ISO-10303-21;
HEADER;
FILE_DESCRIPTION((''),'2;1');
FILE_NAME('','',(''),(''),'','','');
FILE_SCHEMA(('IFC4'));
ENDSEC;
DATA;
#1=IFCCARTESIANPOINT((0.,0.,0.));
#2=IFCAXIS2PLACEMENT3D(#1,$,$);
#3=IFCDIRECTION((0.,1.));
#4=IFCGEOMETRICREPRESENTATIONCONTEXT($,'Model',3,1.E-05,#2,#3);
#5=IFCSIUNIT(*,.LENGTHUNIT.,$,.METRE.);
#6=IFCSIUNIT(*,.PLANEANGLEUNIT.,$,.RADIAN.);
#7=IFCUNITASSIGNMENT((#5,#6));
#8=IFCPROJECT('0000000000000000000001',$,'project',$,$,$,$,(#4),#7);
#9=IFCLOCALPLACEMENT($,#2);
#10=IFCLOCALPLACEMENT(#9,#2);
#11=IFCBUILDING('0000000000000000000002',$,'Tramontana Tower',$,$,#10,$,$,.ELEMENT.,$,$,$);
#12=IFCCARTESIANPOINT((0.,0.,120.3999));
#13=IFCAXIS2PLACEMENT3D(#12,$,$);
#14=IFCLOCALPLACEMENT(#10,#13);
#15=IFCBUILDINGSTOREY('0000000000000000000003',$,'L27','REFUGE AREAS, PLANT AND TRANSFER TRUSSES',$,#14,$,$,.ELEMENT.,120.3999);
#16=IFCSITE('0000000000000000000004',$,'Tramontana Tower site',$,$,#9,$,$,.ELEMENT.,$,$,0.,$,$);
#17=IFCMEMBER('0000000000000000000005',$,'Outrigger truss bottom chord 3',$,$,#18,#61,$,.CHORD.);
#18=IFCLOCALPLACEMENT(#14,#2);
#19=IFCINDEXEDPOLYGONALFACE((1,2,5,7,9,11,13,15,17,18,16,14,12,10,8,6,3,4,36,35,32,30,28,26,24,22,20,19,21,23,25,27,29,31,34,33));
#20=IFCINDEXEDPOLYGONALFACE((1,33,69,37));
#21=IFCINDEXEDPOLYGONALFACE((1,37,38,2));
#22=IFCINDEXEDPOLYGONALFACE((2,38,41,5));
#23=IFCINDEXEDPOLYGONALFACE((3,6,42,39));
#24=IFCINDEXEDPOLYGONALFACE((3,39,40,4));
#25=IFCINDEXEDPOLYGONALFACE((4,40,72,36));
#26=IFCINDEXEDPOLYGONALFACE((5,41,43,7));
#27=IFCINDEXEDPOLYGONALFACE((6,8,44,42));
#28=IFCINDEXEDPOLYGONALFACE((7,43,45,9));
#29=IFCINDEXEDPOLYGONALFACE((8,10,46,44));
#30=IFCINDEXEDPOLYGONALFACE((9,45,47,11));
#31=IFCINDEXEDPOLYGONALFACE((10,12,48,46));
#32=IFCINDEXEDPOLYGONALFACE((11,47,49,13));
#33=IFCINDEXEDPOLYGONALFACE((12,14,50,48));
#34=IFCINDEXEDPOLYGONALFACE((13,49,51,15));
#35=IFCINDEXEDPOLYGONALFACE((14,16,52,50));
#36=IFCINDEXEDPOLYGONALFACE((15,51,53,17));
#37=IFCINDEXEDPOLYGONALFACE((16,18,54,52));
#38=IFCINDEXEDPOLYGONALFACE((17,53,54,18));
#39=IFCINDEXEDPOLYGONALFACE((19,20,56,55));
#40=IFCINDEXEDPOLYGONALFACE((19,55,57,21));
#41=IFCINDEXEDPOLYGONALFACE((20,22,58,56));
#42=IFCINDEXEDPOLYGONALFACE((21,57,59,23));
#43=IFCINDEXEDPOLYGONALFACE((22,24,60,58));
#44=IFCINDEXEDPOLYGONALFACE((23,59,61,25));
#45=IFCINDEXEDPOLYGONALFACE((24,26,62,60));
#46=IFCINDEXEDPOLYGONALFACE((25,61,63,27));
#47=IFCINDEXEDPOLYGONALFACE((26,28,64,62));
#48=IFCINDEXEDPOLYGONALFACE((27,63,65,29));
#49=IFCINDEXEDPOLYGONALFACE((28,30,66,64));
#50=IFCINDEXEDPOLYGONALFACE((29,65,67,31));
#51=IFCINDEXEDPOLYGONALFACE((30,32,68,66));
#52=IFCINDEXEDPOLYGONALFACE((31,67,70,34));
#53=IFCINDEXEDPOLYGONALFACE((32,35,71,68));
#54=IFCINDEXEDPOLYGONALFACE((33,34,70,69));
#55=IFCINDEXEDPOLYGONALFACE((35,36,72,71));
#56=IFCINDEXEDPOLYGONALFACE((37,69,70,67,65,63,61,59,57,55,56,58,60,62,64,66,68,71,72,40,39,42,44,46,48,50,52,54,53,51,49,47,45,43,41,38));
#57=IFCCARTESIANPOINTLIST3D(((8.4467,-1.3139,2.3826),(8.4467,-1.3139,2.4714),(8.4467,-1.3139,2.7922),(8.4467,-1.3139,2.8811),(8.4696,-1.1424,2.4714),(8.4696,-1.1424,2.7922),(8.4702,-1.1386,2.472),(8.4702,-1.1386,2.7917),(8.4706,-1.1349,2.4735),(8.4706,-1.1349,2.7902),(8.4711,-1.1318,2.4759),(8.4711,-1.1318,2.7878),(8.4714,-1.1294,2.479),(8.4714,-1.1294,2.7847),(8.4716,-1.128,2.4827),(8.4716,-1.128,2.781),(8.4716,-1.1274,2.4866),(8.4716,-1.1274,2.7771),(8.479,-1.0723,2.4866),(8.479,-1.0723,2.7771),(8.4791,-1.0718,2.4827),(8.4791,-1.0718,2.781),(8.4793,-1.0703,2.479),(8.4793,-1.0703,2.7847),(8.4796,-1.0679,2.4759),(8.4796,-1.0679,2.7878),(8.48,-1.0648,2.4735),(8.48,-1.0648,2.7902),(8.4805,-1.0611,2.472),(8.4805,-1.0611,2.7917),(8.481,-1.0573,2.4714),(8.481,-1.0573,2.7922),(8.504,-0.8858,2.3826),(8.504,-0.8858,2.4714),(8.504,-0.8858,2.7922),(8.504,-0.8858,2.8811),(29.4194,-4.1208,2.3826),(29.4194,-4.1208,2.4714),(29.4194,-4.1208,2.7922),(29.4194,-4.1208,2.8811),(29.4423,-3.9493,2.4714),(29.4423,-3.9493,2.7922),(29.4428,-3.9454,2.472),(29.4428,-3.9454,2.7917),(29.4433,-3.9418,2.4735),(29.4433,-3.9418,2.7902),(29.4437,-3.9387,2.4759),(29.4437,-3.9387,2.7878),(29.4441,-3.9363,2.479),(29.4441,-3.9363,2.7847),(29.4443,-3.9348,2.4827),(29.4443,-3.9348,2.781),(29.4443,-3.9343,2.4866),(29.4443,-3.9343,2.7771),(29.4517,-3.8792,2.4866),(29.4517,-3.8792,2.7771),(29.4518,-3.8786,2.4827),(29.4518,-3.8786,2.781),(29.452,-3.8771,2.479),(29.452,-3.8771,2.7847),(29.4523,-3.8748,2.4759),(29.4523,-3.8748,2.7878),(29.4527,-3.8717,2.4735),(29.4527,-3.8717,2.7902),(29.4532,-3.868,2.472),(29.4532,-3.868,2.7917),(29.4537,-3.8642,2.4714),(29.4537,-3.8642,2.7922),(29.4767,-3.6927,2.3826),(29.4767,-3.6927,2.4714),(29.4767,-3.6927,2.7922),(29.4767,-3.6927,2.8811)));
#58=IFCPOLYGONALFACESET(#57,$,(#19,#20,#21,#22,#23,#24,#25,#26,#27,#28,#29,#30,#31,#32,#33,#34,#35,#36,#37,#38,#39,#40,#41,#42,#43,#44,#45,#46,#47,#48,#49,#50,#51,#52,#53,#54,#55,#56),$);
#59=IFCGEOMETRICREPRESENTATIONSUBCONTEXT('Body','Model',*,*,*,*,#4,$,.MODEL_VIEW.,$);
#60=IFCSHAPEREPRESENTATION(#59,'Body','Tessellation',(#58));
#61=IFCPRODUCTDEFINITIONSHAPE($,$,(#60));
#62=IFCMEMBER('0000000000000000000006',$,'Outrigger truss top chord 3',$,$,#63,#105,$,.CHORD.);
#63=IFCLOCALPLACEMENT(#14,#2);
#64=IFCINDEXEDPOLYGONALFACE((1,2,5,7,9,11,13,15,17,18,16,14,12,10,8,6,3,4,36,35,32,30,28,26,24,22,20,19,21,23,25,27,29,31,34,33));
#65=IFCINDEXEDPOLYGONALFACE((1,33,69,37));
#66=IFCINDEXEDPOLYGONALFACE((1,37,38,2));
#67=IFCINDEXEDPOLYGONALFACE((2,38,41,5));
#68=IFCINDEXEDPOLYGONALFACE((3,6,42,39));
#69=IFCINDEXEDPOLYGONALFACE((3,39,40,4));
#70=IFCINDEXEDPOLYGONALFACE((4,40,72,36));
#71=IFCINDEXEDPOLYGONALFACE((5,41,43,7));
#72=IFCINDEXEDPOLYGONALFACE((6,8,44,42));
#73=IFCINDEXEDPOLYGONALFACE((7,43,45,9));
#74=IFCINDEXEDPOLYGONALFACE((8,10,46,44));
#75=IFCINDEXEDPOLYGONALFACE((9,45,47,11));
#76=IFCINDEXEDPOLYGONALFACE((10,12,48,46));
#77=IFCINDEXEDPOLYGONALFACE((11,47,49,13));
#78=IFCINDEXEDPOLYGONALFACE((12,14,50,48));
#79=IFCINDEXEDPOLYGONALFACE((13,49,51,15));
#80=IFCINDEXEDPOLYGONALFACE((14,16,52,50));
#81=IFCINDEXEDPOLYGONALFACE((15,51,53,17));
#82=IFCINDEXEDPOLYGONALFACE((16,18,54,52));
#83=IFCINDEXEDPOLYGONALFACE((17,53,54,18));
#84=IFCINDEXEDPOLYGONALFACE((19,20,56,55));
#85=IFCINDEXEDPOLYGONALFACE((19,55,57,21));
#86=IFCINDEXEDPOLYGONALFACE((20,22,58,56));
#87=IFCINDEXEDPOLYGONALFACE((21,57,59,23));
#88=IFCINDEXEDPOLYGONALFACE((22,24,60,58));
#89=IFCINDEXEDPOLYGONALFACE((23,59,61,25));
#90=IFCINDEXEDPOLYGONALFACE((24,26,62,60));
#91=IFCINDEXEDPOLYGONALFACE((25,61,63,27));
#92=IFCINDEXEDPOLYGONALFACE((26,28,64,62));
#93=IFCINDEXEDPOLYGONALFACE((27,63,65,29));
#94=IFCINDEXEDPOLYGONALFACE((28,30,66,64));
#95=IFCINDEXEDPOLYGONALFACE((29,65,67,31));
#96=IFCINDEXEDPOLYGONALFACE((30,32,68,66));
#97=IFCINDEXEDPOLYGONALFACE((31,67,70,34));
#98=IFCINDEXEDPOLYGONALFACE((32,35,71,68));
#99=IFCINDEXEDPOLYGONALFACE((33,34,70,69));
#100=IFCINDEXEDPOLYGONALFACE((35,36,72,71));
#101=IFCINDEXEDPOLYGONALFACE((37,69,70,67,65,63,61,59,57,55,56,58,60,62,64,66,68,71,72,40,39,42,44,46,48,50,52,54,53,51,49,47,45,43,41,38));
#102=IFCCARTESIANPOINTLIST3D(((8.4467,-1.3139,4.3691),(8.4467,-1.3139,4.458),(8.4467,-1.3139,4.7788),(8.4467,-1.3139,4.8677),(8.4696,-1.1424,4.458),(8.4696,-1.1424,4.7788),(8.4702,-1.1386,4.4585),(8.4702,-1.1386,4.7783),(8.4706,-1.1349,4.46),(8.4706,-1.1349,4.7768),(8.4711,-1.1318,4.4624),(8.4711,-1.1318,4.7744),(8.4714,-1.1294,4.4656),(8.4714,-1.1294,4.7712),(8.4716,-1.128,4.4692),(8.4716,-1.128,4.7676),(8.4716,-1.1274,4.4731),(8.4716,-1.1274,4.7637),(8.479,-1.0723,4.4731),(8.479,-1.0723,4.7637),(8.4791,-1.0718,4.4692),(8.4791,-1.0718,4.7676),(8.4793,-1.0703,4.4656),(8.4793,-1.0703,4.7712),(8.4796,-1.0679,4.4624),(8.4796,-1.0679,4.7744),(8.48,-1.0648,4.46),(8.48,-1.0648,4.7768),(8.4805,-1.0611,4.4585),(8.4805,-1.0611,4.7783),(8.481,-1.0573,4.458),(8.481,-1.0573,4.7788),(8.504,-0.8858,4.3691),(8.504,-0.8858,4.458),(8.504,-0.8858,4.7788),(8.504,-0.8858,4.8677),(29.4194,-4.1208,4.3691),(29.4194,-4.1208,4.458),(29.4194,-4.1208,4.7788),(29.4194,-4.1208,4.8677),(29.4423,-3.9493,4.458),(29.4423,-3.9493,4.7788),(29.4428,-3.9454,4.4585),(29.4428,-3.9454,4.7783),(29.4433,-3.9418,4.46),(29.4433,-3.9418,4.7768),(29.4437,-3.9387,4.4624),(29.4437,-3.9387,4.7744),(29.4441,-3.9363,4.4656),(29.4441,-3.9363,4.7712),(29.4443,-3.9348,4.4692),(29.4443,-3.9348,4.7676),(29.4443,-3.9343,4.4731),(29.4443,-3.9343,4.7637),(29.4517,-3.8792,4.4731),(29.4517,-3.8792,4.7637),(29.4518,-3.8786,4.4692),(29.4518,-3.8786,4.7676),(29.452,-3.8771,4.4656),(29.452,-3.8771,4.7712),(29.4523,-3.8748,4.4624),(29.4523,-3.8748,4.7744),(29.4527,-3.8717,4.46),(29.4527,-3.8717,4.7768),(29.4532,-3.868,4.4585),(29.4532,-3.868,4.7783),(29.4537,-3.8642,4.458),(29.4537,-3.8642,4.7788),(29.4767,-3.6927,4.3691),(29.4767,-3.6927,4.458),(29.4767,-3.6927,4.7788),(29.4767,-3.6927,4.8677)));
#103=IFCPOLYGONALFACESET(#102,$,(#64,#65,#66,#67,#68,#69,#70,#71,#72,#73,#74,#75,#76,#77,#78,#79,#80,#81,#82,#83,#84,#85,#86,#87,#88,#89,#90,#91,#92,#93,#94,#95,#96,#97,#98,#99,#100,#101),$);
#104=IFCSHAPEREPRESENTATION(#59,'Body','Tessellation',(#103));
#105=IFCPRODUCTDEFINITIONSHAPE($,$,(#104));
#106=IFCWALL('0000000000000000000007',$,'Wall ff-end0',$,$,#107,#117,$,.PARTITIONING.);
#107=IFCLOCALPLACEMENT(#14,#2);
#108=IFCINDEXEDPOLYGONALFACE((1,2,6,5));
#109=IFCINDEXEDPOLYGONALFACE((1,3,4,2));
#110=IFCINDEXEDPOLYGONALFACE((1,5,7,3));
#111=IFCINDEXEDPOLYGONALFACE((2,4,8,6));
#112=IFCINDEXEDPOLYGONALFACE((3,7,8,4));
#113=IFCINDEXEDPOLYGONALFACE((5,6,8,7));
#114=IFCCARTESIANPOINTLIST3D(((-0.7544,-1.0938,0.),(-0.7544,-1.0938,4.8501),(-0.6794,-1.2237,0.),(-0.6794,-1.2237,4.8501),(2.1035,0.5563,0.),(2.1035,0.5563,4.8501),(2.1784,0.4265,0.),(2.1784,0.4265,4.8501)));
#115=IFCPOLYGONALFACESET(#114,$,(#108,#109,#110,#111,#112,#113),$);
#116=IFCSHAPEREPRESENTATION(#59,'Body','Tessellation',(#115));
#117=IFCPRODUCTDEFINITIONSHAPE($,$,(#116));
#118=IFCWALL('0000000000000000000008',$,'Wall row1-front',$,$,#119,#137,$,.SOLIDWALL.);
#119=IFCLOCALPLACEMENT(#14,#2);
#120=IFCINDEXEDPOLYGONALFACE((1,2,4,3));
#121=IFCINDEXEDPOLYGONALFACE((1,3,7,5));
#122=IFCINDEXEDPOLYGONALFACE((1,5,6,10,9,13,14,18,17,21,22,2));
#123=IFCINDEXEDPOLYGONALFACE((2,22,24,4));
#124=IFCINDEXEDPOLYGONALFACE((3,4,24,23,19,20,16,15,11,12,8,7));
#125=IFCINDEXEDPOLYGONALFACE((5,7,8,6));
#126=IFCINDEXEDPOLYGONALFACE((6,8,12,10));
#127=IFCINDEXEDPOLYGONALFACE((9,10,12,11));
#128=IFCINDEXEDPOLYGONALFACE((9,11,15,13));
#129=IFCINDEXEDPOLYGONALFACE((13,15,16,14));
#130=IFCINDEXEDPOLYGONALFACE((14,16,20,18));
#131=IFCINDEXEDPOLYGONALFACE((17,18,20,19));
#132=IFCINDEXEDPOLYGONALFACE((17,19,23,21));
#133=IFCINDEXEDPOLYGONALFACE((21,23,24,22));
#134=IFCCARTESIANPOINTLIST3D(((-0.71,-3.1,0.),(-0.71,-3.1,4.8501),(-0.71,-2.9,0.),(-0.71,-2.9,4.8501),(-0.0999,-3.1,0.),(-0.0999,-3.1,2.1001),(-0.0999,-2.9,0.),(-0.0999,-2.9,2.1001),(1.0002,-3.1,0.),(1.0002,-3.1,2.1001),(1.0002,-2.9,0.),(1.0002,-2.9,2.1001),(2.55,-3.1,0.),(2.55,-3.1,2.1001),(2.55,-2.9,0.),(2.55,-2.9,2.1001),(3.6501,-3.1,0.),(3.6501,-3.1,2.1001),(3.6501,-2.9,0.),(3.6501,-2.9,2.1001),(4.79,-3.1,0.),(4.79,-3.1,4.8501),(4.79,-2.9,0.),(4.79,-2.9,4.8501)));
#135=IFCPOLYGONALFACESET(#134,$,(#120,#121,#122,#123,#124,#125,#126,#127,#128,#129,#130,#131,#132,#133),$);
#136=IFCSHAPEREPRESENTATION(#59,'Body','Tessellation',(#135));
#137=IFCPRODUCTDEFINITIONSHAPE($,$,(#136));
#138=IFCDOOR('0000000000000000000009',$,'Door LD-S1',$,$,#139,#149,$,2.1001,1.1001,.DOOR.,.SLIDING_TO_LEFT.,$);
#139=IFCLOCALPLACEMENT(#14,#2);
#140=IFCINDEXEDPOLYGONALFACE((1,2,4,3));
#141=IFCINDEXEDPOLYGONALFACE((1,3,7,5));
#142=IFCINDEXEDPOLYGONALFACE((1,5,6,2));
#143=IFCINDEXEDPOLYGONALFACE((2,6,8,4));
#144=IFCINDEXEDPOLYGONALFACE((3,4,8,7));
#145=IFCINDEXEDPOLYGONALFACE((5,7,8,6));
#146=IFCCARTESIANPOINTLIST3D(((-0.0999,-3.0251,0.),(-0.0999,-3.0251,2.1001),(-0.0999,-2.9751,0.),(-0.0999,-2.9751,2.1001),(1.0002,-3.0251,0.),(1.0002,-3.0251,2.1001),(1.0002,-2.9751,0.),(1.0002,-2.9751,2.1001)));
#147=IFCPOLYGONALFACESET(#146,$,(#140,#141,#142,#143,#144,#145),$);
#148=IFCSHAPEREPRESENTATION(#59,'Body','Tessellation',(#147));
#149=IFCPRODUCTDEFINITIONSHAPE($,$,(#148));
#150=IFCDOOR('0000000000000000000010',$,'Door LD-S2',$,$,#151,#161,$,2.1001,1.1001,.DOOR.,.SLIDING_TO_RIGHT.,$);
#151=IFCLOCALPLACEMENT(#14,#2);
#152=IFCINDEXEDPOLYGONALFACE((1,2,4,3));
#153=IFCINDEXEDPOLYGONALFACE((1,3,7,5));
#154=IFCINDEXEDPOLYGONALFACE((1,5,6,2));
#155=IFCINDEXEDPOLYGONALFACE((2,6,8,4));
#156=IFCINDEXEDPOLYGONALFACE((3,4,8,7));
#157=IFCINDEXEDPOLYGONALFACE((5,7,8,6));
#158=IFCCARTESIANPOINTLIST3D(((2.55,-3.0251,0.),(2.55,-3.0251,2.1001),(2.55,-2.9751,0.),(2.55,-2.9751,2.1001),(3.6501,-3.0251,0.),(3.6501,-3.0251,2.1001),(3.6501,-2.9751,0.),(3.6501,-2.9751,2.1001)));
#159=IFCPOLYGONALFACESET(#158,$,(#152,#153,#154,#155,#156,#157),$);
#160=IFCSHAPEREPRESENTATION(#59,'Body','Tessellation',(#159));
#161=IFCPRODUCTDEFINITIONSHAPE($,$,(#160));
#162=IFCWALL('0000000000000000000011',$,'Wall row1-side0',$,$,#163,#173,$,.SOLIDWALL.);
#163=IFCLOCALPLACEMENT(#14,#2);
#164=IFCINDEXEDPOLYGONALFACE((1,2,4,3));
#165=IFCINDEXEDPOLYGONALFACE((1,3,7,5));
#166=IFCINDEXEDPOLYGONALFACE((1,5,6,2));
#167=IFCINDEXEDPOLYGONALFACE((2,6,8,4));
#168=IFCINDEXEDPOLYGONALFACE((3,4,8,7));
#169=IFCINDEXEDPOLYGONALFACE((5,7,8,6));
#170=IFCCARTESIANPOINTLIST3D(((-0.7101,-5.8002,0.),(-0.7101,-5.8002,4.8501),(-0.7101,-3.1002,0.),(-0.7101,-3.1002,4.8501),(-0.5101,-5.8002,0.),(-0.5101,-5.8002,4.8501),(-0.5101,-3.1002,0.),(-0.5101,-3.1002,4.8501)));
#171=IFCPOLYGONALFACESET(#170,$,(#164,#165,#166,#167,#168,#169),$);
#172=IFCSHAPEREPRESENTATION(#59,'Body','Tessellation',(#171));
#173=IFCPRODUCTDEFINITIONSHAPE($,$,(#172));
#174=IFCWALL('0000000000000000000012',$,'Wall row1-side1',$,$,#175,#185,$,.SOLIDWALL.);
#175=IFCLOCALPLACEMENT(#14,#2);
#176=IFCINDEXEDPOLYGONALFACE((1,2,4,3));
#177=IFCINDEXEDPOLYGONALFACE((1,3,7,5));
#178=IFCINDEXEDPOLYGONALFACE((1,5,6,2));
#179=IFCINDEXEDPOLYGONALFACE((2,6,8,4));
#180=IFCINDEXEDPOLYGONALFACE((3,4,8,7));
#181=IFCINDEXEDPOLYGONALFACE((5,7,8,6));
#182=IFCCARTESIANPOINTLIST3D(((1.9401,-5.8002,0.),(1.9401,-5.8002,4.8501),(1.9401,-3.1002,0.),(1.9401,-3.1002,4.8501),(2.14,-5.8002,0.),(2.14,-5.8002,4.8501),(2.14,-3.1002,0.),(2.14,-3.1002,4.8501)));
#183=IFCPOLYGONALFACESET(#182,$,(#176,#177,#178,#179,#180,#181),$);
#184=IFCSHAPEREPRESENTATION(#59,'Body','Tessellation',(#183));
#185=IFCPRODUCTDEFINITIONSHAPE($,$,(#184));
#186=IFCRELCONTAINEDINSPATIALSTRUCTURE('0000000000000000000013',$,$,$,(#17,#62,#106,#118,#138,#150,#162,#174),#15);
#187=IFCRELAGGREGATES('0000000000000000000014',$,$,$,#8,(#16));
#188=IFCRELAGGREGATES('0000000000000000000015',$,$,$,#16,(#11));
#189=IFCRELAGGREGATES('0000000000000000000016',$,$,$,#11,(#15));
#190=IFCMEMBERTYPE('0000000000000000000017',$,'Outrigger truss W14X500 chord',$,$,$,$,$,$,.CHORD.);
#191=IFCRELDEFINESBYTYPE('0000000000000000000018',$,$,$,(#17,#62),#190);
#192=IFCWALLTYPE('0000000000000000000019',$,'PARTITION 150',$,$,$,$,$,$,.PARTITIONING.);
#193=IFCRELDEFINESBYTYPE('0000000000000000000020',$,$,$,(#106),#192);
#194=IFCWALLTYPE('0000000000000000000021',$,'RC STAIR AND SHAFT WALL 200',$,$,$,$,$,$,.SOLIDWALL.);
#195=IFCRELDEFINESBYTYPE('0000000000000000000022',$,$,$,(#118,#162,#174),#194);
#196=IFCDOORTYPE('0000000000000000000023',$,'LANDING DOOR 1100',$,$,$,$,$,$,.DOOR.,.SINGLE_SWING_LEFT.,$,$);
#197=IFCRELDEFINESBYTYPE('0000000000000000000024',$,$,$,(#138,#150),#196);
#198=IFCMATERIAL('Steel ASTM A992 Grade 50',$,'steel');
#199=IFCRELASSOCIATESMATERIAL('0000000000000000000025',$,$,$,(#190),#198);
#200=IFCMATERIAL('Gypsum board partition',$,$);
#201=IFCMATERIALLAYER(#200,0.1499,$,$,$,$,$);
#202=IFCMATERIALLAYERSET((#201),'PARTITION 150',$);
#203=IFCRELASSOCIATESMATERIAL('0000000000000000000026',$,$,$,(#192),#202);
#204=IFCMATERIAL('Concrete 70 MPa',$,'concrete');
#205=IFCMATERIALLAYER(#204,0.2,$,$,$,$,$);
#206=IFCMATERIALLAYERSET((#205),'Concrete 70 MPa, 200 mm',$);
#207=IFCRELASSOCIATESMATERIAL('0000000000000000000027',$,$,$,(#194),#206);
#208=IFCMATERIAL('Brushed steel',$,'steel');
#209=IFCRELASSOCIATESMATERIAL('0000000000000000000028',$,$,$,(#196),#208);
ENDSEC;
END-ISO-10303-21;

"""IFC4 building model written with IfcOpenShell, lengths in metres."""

from ifc_helpers import new_model, si_unit, direction, frame, frame_2d, origin, origin_2d, place, context, subcontext, project, spatial, rectangle, i_section, extrude, material, layer, layer_set, material_profile, profile_set, type_object, element, fill, save


model = new_model("IFC4")

# Units and contexts
model_context = context("Model", 3, precision=1e-05, world=origin(), true_north=direction((0.0, 1.0)))
body_context = subcontext(model_context, "Body", "Model", "MODEL_VIEW")
ifc_project = project(units=[si_unit("LENGTHUNIT", "METRE"), si_unit("PLANEANGLEUNIT", "RADIAN")], contexts=[model_context])

# Site, building, storey
site_placement = place(None, origin())
site = spatial("IfcSite", under=ifc_project, at=site_placement, Name="Tramontana Tower site", CompositionType="ELEMENT", RefElevation=0.0)
building_placement = place(site_placement, origin())
building = spatial("IfcBuilding", under=site, at=building_placement, Name="Tramontana Tower", CompositionType="ELEMENT")
storey_placement = place(building_placement, frame((0.0, 0.0, 120.3999)))
storey = spatial("IfcBuildingStorey", under=building, at=storey_placement, Name="L27", Description="REFUGE AREAS, PLANT AND TRANSFER TRUSSES", CompositionType="ELEMENT", Elevation=120.3999)

# Members
ifc_material_1 = material(Name="Steel ASTM A992 Grade 50", Category="steel")
ifc_material_profile = material_profile(ifc_material_1, i_section(OverallWidth=0.4319, OverallDepth=0.4985, WebThickness=0.0557, FlangeThickness=0.0889, FilletRadius=0.0151, at=origin_2d()), Name="W14X500")
ifc_profile_set = profile_set([ifc_material_profile], Name="Steel ASTM A992 Grade 50")
member_type = type_object("IfcMemberType", Name="Outrigger truss W14X500 chord", PredefinedType="CHORD", material=ifc_profile_set)
for number, where, z_axis, x_axis, name in (
    (1, (8.4753, -1.0999, 2.6318), (0.991163, -0.132653, 0.0), (0.132653, 0.991163, 0.0), "Outrigger truss bottom chord 3"),
    (2, (8.4753, -1.0999, 4.6184), (0.991163, -0.132653, 0.0), (0.132653, 0.991163, 0.0), "Outrigger truss top chord 3"),
):
    element("IfcMember", number, at=place(storey_placement, frame(where, z_axis=z_axis, x_axis=x_axis)), inside=storey, type_object=member_type, Name=name, PredefinedType="CHORD", context=body_context, shape_type="SweptSolid", body=[
        extrude(i_section(OverallWidth=0.4319, OverallDepth=0.4985, WebThickness=0.0557, FlangeThickness=0.0889, FilletRadius=0.0151, at=origin_2d()), origin(), (0.0, 0.0, 1.0), 21.1597),
    ])

# Shared definitions
ifc_material_2 = material(Name="Gypsum board partition")
ifc_layer_1 = layer(ifc_material_2, 0.1499)
ifc_layer_set_1 = layer_set([ifc_layer_1], Name="PARTITION 150")
wall_type_1 = type_object("IfcWallType", Name="PARTITION 150", PredefinedType="PARTITIONING", material=ifc_layer_set_1)

# Wall
wall_1_placement = place(storey_placement, frame((-0.7168, -1.1587, 0.0), z_axis=(0.0, 0.0, 1.0), x_axis=(0.866008, 0.50003, 0.0)))
element("IfcWall", 3, at=wall_1_placement, inside=storey, type_object=wall_type_1, Name="Wall ff-end0", PredefinedType="PARTITIONING", context=body_context, shape_type="SweptSolid", body=[
    extrude(rectangle(XDim=3.3, YDim=0.1499, at=frame_2d((1.6499, 0.0))), origin(), (0.0, 0.0, 1.0), 4.8501),
])

# Shared definitions
ifc_material_3 = material(Name="Concrete 70 MPa", Category="concrete")
ifc_layer_2 = layer(ifc_material_3, 0.2)
ifc_layer_set_2 = layer_set([ifc_layer_2], Name="Concrete 70 MPa, 200 mm")
wall_type_2 = type_object("IfcWallType", Name="RC STAIR AND SHAFT WALL 200", PredefinedType="SOLIDWALL", material=ifc_layer_set_2)

# Wall, openings, doors
wall_2_placement = place(storey_placement, frame((-0.71, -3.0, 0.0), z_axis=(0.0, 0.0, 1.0), x_axis=(1.0, 0.0, 0.0)))
wall_2 = element("IfcWall", 4, at=wall_2_placement, inside=storey, type_object=wall_type_2, Name="Wall row1-front", PredefinedType="SOLIDWALL", context=body_context, shape_type="SweptSolid", body=[
    extrude(rectangle(XDim=5.5, YDim=0.2, at=frame_2d((2.75, 0.0))), origin(), (0.0, 0.0, 1.0), 4.8501),
])
opening_1_placement = place(wall_2_placement, frame((0.6101, 0.0, 0.0)))
opening_1 = element("IfcOpeningElement", 5, at=opening_1_placement, cuts=wall_2, PredefinedType="OPENING", context=body_context, shape_type="SweptSolid", body=[
    extrude(rectangle(XDim=1.1001, YDim=2.1001, at=frame_2d((0.55, 1.05))), frame((0.0, 0.1099, 0.0), z_axis=(0.0, -1.0, 0.0), x_axis=(1.0, 0.0, 0.0)), (0.0, 0.0, 1.0), 0.22),
])
opening_2_placement = place(wall_2_placement, frame((3.26, 0.0, 0.0)))
opening_2 = element("IfcOpeningElement", 6, at=opening_2_placement, cuts=wall_2, PredefinedType="OPENING", context=body_context, shape_type="SweptSolid", body=[
    extrude(rectangle(XDim=1.1001, YDim=2.1001, at=frame_2d((0.55, 1.05))), frame((0.0, 0.1099, 0.0), z_axis=(0.0, -1.0, 0.0), x_axis=(1.0, 0.0, 0.0)), (0.0, 0.0, 1.0), 0.22),
])
ifc_material_4 = material(Name="Brushed steel", Category="steel")
door_type_1 = type_object("IfcDoorType", Name="LANDING DOOR 1100", OperationType="SINGLE_SWING_LEFT", PredefinedType="DOOR", material=ifc_material_4)
door_1_placement = place(opening_1_placement, origin())
door_1 = element("IfcDoor", 7, at=door_1_placement, inside=storey, type_object=door_type_1, Name="Door LD-S1", OperationType="SLIDING_TO_LEFT", OverallHeight=2.1001, OverallWidth=1.1001, PredefinedType="DOOR", context=body_context, shape_type="SweptSolid", body=[
    extrude(rectangle(XDim=1.1001, YDim=2.1001, at=frame_2d((0.55, 1.05))), frame((0.0, 0.0249, 0.0), z_axis=(0.0, -1.0, 0.0), x_axis=(1.0, 0.0, 0.0)), (0.0, 0.0, 1.0), 0.05),
])
fill(opening_1, door_1)
door_2_placement = place(opening_2_placement, origin())
door_2 = element("IfcDoor", 8, at=door_2_placement, inside=storey, type_object=door_type_1, Name="Door LD-S2", OperationType="SLIDING_TO_RIGHT", OverallHeight=2.1001, OverallWidth=1.1001, PredefinedType="DOOR", context=body_context, shape_type="SweptSolid", body=[
    extrude(rectangle(XDim=1.1001, YDim=2.1001, at=frame_2d((0.55, 1.05))), frame((0.0, 0.0249, 0.0), z_axis=(0.0, -1.0, 0.0), x_axis=(1.0, 0.0, 0.0)), (0.0, 0.0, 1.0), 0.05),
])
fill(opening_2, door_2)

# Walls
for number, where, z_axis, x_axis, name in (
    (9, (-0.6101, -3.1001, 0.0), (0.0, 0.0, 1.0), (0.0, -1.0, 0.0), "Wall row1-side0"),
    (10, (2.04, -3.1001, 0.0), (0.0, 0.0, 1.0), (0.0, -1.0, 0.0), "Wall row1-side1"),
):
    element("IfcWall", number, at=place(storey_placement, frame(where, z_axis=z_axis, x_axis=x_axis)), inside=storey, type_object=wall_type_2, Name=name, PredefinedType="SOLIDWALL", context=body_context, shape_type="SweptSolid", body=[
        extrude(rectangle(XDim=2.7, YDim=0.2, at=frame_2d((1.3501, 0.0))), origin(), (0.0, 0.0, 1.0), 4.8501),
    ])

save(model, "model.ifc")
